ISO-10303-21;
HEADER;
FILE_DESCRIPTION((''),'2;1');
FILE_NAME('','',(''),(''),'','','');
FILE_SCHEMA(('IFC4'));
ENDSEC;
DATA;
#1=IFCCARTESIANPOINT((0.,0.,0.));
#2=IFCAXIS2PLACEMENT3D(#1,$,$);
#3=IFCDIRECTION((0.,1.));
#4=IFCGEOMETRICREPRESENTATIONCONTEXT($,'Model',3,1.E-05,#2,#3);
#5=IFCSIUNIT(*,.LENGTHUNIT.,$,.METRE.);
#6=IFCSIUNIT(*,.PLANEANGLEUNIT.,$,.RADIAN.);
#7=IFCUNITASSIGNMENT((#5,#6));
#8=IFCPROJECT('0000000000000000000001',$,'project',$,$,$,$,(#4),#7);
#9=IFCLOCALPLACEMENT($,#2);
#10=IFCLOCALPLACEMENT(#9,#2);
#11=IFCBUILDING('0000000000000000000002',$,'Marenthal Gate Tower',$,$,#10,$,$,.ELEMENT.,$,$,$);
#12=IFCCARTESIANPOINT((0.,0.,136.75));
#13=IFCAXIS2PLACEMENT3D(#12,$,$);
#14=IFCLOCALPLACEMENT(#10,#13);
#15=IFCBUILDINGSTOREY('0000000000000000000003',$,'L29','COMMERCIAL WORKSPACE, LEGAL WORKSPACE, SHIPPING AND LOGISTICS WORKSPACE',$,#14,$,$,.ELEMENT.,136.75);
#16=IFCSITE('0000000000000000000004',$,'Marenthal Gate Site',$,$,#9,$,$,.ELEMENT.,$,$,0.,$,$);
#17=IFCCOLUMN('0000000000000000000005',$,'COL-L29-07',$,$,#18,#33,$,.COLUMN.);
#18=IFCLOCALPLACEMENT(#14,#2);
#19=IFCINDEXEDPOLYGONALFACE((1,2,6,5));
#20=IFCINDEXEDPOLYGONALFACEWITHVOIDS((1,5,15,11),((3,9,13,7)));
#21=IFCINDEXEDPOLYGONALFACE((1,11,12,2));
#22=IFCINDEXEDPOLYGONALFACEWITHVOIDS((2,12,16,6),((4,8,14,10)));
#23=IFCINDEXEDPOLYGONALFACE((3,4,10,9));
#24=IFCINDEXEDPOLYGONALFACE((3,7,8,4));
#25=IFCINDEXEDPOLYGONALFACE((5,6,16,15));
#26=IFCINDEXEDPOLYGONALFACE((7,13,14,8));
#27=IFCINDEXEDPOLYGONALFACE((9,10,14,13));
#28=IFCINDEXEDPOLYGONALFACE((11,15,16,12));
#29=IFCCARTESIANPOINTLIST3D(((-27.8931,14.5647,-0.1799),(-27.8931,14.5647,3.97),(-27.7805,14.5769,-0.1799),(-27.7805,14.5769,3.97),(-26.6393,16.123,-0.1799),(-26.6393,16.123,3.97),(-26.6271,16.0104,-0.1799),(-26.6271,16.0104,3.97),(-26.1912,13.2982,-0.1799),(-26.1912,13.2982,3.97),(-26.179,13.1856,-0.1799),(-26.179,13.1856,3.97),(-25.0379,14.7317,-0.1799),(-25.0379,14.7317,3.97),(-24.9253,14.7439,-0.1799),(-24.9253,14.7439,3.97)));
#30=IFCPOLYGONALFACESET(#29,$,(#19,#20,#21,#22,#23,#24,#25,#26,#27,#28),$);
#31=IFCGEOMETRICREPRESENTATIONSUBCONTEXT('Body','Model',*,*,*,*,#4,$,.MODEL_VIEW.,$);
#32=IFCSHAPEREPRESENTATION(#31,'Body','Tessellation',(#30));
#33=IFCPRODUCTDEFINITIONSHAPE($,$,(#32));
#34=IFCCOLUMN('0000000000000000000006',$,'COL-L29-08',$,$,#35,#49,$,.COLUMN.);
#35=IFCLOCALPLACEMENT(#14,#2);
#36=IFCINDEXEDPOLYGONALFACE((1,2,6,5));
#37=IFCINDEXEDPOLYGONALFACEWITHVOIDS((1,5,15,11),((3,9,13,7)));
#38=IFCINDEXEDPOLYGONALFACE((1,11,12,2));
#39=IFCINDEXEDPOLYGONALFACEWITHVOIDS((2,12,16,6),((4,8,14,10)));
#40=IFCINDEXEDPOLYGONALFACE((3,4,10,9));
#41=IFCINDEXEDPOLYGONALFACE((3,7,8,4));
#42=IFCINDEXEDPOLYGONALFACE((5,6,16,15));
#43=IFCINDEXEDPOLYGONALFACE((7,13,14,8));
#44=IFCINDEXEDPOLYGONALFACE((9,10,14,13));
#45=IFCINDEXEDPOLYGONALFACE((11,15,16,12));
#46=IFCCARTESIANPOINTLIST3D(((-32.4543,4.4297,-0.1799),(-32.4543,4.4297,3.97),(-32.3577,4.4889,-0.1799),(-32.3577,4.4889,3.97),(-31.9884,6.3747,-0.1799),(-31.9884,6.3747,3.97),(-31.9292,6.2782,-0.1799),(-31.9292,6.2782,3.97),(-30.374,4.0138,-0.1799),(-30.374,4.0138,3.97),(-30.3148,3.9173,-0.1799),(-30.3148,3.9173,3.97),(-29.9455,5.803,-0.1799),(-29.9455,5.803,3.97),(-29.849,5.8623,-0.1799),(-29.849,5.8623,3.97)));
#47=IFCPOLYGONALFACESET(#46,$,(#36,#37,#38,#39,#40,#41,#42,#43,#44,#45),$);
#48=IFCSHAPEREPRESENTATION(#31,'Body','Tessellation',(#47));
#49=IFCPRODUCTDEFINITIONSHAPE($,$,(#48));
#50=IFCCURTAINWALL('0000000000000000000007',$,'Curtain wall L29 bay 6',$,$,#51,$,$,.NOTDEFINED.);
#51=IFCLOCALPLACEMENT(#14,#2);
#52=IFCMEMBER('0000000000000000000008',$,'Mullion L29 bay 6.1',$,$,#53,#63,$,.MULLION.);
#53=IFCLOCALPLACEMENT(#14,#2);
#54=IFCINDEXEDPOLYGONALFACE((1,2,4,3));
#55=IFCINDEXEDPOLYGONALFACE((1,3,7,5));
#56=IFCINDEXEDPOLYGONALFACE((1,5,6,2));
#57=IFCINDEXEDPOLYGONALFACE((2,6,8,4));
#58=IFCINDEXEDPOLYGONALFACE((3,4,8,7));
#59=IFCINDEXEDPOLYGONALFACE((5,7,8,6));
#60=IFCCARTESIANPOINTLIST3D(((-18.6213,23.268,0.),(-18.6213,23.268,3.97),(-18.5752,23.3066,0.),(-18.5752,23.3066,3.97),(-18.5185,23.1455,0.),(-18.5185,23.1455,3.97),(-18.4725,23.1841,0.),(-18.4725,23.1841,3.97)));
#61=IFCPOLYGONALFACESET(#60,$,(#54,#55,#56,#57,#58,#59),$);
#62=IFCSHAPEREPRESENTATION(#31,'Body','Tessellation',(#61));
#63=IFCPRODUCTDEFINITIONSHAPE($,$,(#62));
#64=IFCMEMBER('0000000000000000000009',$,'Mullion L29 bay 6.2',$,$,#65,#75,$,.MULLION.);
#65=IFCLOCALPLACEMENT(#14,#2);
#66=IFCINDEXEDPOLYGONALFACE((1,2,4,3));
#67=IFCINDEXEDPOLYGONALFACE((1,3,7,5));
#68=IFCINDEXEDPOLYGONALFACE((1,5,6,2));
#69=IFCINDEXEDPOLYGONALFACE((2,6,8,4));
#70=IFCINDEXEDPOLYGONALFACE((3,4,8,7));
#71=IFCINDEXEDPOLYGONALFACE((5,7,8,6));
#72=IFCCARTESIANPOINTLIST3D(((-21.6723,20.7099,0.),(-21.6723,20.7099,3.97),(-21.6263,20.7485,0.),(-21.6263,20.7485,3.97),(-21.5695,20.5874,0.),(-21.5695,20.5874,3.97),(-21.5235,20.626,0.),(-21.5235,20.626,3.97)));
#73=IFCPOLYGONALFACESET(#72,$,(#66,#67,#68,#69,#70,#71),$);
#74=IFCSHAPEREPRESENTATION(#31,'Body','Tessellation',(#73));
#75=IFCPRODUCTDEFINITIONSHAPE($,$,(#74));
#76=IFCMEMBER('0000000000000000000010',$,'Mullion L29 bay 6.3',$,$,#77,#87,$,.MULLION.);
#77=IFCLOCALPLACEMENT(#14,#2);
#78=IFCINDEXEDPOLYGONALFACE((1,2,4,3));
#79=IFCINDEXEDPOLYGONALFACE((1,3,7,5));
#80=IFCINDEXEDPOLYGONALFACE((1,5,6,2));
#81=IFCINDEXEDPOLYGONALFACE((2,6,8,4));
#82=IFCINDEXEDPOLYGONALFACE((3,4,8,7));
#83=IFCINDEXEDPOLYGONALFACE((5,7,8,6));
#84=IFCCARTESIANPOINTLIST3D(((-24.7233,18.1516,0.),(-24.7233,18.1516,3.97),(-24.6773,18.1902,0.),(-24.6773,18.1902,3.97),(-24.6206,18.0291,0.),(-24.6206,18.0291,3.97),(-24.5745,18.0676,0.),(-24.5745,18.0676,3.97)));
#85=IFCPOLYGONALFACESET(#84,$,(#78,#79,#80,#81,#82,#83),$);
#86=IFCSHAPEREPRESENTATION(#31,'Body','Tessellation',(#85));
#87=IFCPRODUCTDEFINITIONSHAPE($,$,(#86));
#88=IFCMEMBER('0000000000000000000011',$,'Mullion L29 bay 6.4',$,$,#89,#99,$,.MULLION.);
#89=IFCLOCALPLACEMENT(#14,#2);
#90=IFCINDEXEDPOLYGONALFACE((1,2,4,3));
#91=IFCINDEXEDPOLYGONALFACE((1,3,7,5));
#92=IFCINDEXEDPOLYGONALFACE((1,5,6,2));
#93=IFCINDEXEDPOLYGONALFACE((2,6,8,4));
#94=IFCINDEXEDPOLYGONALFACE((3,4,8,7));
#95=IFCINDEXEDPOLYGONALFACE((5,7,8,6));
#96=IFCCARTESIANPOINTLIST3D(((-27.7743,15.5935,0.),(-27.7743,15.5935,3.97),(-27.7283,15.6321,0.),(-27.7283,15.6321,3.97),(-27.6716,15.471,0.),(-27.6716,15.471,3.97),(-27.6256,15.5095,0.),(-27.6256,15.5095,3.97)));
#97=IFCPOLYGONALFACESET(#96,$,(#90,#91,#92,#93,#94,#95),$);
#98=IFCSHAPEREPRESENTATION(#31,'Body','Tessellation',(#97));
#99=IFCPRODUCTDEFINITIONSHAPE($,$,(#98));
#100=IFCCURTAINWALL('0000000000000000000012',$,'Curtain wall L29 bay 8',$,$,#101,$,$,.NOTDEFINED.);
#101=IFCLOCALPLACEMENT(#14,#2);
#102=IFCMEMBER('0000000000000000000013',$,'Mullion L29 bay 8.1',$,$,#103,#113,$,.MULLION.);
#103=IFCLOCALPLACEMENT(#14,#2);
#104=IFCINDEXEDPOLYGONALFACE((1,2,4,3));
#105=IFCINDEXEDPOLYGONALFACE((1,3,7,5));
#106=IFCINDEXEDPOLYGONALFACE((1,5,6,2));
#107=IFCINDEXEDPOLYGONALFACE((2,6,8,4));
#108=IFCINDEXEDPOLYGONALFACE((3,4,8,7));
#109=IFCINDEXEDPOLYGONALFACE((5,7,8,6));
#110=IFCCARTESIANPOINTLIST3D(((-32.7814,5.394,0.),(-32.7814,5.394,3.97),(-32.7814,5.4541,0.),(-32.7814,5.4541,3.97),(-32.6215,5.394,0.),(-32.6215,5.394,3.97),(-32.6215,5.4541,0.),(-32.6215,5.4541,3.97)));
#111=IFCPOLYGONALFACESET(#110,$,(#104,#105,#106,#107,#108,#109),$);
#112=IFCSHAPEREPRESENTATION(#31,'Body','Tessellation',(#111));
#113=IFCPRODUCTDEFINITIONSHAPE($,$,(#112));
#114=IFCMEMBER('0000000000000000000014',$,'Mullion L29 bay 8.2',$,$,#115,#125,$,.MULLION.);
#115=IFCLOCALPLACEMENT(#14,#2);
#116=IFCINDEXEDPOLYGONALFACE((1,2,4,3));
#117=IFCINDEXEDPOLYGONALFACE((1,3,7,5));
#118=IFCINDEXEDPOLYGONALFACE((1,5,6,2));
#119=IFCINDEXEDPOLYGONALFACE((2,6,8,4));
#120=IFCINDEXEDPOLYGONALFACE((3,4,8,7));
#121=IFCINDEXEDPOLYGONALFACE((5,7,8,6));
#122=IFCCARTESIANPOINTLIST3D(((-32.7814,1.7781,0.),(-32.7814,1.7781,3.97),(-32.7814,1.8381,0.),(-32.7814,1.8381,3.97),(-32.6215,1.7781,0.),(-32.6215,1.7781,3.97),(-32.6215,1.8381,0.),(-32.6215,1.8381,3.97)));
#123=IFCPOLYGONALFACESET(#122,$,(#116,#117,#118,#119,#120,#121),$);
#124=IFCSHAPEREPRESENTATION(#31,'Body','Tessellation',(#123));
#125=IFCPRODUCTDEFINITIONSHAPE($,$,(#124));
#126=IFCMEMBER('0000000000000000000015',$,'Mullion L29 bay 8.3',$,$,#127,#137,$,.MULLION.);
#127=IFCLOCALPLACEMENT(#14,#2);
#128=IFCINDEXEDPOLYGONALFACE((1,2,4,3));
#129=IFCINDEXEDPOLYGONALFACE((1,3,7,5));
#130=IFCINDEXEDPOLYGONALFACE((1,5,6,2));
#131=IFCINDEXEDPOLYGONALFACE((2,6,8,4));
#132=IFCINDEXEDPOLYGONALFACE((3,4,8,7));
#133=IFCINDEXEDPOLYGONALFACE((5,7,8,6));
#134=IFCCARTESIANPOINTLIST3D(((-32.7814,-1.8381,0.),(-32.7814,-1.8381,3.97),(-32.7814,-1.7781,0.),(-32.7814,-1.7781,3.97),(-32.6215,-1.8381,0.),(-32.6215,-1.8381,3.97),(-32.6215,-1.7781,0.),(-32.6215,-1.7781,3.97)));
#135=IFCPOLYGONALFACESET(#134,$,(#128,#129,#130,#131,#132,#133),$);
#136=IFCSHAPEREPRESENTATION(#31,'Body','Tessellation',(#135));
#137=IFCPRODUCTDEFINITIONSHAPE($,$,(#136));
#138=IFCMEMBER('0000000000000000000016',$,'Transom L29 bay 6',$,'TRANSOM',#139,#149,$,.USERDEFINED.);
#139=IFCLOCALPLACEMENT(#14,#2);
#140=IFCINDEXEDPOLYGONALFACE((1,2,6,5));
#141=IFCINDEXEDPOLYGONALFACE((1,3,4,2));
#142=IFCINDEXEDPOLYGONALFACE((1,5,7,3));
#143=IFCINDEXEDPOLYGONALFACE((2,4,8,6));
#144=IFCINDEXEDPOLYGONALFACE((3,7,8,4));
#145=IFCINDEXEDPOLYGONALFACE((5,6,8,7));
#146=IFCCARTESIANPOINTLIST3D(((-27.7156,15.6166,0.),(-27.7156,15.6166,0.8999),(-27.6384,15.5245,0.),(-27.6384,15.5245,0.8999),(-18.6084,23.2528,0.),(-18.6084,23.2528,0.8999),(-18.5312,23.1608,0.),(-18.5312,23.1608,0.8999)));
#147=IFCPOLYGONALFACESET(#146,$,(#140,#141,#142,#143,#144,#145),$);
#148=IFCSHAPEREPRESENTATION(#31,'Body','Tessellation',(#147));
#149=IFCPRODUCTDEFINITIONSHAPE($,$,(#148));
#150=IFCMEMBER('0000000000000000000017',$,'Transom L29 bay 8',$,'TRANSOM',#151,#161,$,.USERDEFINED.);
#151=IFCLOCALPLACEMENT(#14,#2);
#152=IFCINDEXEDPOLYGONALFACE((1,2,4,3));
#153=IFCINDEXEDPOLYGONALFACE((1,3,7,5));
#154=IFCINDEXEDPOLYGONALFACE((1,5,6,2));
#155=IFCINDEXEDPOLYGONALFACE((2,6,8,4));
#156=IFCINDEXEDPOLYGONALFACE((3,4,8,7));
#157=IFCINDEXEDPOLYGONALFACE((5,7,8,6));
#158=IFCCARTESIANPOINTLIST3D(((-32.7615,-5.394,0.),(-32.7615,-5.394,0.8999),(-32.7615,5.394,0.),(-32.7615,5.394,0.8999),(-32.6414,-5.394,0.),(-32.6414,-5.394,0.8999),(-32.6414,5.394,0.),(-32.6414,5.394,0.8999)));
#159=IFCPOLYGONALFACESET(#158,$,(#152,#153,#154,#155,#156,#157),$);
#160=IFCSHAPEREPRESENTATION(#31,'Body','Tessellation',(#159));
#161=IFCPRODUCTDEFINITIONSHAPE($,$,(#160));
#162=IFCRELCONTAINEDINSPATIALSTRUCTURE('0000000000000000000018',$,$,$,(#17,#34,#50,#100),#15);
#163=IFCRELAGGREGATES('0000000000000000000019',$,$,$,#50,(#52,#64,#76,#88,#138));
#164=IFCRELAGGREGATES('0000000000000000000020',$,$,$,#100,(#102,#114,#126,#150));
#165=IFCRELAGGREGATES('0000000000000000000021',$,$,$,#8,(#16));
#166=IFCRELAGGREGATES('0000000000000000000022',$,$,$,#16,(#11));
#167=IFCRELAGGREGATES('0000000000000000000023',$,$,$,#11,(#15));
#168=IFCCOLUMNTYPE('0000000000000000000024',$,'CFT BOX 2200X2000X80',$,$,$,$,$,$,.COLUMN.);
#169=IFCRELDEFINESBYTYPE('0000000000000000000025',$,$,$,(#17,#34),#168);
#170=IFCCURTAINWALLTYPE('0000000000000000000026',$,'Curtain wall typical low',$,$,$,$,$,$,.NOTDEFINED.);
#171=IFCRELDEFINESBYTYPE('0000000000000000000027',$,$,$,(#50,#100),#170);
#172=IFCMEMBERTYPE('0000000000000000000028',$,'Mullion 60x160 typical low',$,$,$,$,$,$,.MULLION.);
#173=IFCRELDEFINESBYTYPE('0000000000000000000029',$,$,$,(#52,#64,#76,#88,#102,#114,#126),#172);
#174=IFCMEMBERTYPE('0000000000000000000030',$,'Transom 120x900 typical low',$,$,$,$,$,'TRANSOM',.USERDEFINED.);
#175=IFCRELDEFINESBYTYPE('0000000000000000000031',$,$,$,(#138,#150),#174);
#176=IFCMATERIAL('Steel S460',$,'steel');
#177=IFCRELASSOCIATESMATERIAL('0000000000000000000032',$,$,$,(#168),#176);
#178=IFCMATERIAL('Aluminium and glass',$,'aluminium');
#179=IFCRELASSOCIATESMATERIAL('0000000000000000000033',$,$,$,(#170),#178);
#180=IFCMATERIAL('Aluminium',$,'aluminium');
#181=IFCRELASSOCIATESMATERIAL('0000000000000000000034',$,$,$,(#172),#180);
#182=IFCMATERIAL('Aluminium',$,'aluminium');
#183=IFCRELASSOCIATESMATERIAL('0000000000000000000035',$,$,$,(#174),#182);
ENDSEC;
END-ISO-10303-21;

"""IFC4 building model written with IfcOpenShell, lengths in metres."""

from ifc_helpers import new_model, si_unit, direction, frame, origin, origin_2d, place, context, subcontext, project, spatial, rectangle, hollow_rectangle, extrude, material, material_profile, profile_set, type_object, element, aggregate, save


model = new_model("IFC4")

# Units and contexts
model_context = context("Model", 3, precision=1e-05, world=origin(), true_north=direction((0.0, 1.0)))
body_context = subcontext(model_context, "Body", "Model", "MODEL_VIEW")
ifc_project = project(units=[si_unit("LENGTHUNIT", "METRE"), si_unit("PLANEANGLEUNIT", "RADIAN")], contexts=[model_context])

# Site, building, storey
site_placement = place(None, origin())
site = spatial("IfcSite", under=ifc_project, at=site_placement, Name="Marenthal Gate Site", CompositionType="ELEMENT", RefElevation=0.0)
building_placement = place(site_placement, origin())
building = spatial("IfcBuilding", under=site, at=building_placement, Name="Marenthal Gate Tower", CompositionType="ELEMENT")
storey_placement = place(building_placement, frame((0.0, 0.0, 136.75)))
storey = spatial("IfcBuildingStorey", under=building, at=storey_placement, Name="L29", Description="COMMERCIAL WORKSPACE, LEGAL WORKSPACE, SHIPPING AND LOGISTICS WORKSPACE", CompositionType="ELEMENT", Elevation=136.75)

# Columns
ifc_material_1 = material(Name="Steel S460", Category="steel")
ifc_material_profile_1 = material_profile(ifc_material_1, hollow_rectangle(XDim=2.0, YDim=2.2, WallThickness=0.0801, at=origin_2d()), Name="CFT BOX 2200X2000X80")
ifc_material_2 = material(Name="Concrete 70 MPa", Category="concrete")
ifc_material_profile_2 = material_profile(ifc_material_2, rectangle(XDim=1.8401, YDim=2.04, at=origin_2d()), Name="CFT BOX 2200X2000X80 INFILL")
ifc_profile_set_1 = profile_set([ifc_material_profile_1, ifc_material_profile_2], Name="Steel S460 shell, Concrete 70 MPa infill")
column_type = type_object("IfcColumnType", Name="CFT BOX 2200X2000X80", PredefinedType="COLUMN", material=ifc_profile_set_1)
for number, where, z_axis, x_axis, name in (
    (1, (-26.4092, 14.6543, -0.1799), (0.0, 0.0, 1.0), (0.626873, 0.779121, 0.0), "COL-L29-07"),
    (2, (-31.1516, 5.146, -0.1799), (0.0, 0.0, 1.0), (0.232933, 0.972493, 0.0), "COL-L29-08"),
):
    element("IfcColumn", number, at=place(storey_placement, frame(where, z_axis=z_axis, x_axis=x_axis)), inside=storey, type_object=column_type, Name=name, PredefinedType="COLUMN", context=body_context, shape_type="SweptSolid", body=[
        extrude(hollow_rectangle(XDim=2.0, YDim=2.2, WallThickness=0.0801, at=origin_2d()), origin(), (0.0, 0.0, 1.0), 4.1499),
    ])

# Curtain walls, members
ifc_material_3 = material(Name="Aluminium and glass", Category="aluminium")
curtain_wall_type = type_object("IfcCurtainWallType", Name="Curtain wall typical low", PredefinedType="NOTDEFINED", material=ifc_material_3)
curtain_wall_1_placement = place(storey_placement, origin())
curtain_wall_1 = element("IfcCurtainWall", 3, at=curtain_wall_1_placement, inside=storey, type_object=curtain_wall_type, Name="Curtain wall L29 bay 6", PredefinedType="NOTDEFINED")
ifc_material_4 = material(Name="Aluminium", Category="aluminium")
ifc_material_profile_3 = material_profile(ifc_material_4, rectangle(XDim=0.1599, YDim=0.0601, at=origin_2d()), Name="60x160 aluminium mullion")
ifc_profile_set_2 = profile_set([ifc_material_profile_3], Name="Aluminium")
member_type_1 = type_object("IfcMemberType", Name="Mullion 60x160 typical low", PredefinedType="MULLION", material=ifc_profile_set_2)
member_1_placement = place(storey_placement, frame((-18.5469, 23.2261, 0.0), z_axis=(0.0, 0.0, 1.0), x_axis=(0.642511, -0.766277, 0.0)))
member_1 = element("IfcMember", 4, at=member_1_placement, type_object=member_type_1, Name="Mullion L29 bay 6.1", PredefinedType="MULLION", context=body_context, shape_type="SweptSolid", body=[
    extrude(rectangle(XDim=0.1599, YDim=0.0601, at=origin_2d()), origin(), (0.0, 0.0, 1.0), 3.97),
])
member_2_placement = place(storey_placement, frame((-21.5979, 20.668, 0.0), z_axis=(0.0, 0.0, 1.0), x_axis=(0.642511, -0.766277, 0.0)))
member_2 = element("IfcMember", 5, at=member_2_placement, type_object=member_type_1, Name="Mullion L29 bay 6.2", PredefinedType="MULLION", context=body_context, shape_type="SweptSolid", body=[
    extrude(rectangle(XDim=0.1599, YDim=0.0601, at=origin_2d()), origin(), (0.0, 0.0, 1.0), 3.97),
])
member_3_placement = place(storey_placement, frame((-24.6489, 18.1096, 0.0), z_axis=(0.0, 0.0, 1.0), x_axis=(0.642511, -0.766277, 0.0)))
member_3 = element("IfcMember", 6, at=member_3_placement, type_object=member_type_1, Name="Mullion L29 bay 6.3", PredefinedType="MULLION", context=body_context, shape_type="SweptSolid", body=[
    extrude(rectangle(XDim=0.1599, YDim=0.0601, at=origin_2d()), origin(), (0.0, 0.0, 1.0), 3.97),
])
member_4_placement = place(storey_placement, frame((-27.7, 15.5515, 0.0), z_axis=(0.0, 0.0, 1.0), x_axis=(0.642511, -0.766277, 0.0)))
member_4 = element("IfcMember", 7, at=member_4_placement, type_object=member_type_1, Name="Mullion L29 bay 6.4", PredefinedType="MULLION", context=body_context, shape_type="SweptSolid", body=[
    extrude(rectangle(XDim=0.1599, YDim=0.0601, at=origin_2d()), origin(), (0.0, 0.0, 1.0), 3.97),
])
curtain_wall_2_placement = place(storey_placement, origin())
curtain_wall_2 = element("IfcCurtainWall", 8, at=curtain_wall_2_placement, inside=storey, type_object=curtain_wall_type, Name="Curtain wall L29 bay 8", PredefinedType="NOTDEFINED")
member_5_placement = place(storey_placement, frame((-32.7014, 5.4241, 0.0), z_axis=(0.0, 0.0, 1.0), x_axis=(1.0, 0.0, 0.0)))
member_5 = element("IfcMember", 9, at=member_5_placement, type_object=member_type_1, Name="Mullion L29 bay 8.1", PredefinedType="MULLION", context=body_context, shape_type="SweptSolid", body=[
    extrude(rectangle(XDim=0.1599, YDim=0.0601, at=origin_2d()), origin(), (0.0, 0.0, 1.0), 3.97),
])
member_6_placement = place(storey_placement, frame((-32.7014, 1.8081, 0.0), z_axis=(0.0, 0.0, 1.0), x_axis=(1.0, 0.0, 0.0)))
member_6 = element("IfcMember", 10, at=member_6_placement, type_object=member_type_1, Name="Mullion L29 bay 8.2", PredefinedType="MULLION", context=body_context, shape_type="SweptSolid", body=[
    extrude(rectangle(XDim=0.1599, YDim=0.0601, at=origin_2d()), origin(), (0.0, 0.0, 1.0), 3.97),
])
member_7_placement = place(storey_placement, frame((-32.7014, -1.8081, 0.0), z_axis=(0.0, 0.0, 1.0), x_axis=(1.0, 0.0, 0.0)))
member_7 = element("IfcMember", 11, at=member_7_placement, type_object=member_type_1, Name="Mullion L29 bay 8.3", PredefinedType="MULLION", context=body_context, shape_type="SweptSolid", body=[
    extrude(rectangle(XDim=0.1599, YDim=0.0601, at=origin_2d()), origin(), (0.0, 0.0, 1.0), 3.97),
])

# Members
ifc_material_5 = material(Name="Aluminium", Category="aluminium")
ifc_material_profile_4 = material_profile(ifc_material_5, rectangle(XDim=0.1201, YDim=0.8999, at=origin_2d()), Name="120x900 aluminium transom")
ifc_profile_set_3 = profile_set([ifc_material_profile_4], Name="Aluminium")
member_type_2 = type_object("IfcMemberType", Name="Transom 120x900 typical low", ElementType="TRANSOM", PredefinedType="USERDEFINED", material=ifc_profile_set_3)
member_8_placement = place(storey_placement, frame((-18.5698, 23.2068, 0.45), z_axis=(-0.766276, -0.642511, 0.0), x_axis=(0.642511, -0.766276, 0.0)))
member_8 = element("IfcMember", 12, at=member_8_placement, type_object=member_type_2, Name="Transom L29 bay 6", ObjectType="TRANSOM", PredefinedType="USERDEFINED", context=body_context, shape_type="SweptSolid", body=[
    extrude(rectangle(XDim=0.1201, YDim=0.8999, at=origin_2d()), origin(), (0.0, 0.0, 1.0), 11.885),
])
member_9_placement = place(storey_placement, frame((-32.7014, 5.394, 0.45), z_axis=(0.0, -1.0, 0.0), x_axis=(1.0, 0.0, 0.0)))
member_9 = element("IfcMember", 13, at=member_9_placement, type_object=member_type_2, Name="Transom L29 bay 8", ObjectType="TRANSOM", PredefinedType="USERDEFINED", context=body_context, shape_type="SweptSolid", body=[
    extrude(rectangle(XDim=0.1201, YDim=0.8999, at=origin_2d()), origin(), (0.0, 0.0, 1.0), 10.7881),
])

aggregate(curtain_wall_1, [member_1, member_2, member_3, member_4, member_8])
aggregate(curtain_wall_2, [member_5, member_6, member_7, member_9])

save(model, "model.ifc")
